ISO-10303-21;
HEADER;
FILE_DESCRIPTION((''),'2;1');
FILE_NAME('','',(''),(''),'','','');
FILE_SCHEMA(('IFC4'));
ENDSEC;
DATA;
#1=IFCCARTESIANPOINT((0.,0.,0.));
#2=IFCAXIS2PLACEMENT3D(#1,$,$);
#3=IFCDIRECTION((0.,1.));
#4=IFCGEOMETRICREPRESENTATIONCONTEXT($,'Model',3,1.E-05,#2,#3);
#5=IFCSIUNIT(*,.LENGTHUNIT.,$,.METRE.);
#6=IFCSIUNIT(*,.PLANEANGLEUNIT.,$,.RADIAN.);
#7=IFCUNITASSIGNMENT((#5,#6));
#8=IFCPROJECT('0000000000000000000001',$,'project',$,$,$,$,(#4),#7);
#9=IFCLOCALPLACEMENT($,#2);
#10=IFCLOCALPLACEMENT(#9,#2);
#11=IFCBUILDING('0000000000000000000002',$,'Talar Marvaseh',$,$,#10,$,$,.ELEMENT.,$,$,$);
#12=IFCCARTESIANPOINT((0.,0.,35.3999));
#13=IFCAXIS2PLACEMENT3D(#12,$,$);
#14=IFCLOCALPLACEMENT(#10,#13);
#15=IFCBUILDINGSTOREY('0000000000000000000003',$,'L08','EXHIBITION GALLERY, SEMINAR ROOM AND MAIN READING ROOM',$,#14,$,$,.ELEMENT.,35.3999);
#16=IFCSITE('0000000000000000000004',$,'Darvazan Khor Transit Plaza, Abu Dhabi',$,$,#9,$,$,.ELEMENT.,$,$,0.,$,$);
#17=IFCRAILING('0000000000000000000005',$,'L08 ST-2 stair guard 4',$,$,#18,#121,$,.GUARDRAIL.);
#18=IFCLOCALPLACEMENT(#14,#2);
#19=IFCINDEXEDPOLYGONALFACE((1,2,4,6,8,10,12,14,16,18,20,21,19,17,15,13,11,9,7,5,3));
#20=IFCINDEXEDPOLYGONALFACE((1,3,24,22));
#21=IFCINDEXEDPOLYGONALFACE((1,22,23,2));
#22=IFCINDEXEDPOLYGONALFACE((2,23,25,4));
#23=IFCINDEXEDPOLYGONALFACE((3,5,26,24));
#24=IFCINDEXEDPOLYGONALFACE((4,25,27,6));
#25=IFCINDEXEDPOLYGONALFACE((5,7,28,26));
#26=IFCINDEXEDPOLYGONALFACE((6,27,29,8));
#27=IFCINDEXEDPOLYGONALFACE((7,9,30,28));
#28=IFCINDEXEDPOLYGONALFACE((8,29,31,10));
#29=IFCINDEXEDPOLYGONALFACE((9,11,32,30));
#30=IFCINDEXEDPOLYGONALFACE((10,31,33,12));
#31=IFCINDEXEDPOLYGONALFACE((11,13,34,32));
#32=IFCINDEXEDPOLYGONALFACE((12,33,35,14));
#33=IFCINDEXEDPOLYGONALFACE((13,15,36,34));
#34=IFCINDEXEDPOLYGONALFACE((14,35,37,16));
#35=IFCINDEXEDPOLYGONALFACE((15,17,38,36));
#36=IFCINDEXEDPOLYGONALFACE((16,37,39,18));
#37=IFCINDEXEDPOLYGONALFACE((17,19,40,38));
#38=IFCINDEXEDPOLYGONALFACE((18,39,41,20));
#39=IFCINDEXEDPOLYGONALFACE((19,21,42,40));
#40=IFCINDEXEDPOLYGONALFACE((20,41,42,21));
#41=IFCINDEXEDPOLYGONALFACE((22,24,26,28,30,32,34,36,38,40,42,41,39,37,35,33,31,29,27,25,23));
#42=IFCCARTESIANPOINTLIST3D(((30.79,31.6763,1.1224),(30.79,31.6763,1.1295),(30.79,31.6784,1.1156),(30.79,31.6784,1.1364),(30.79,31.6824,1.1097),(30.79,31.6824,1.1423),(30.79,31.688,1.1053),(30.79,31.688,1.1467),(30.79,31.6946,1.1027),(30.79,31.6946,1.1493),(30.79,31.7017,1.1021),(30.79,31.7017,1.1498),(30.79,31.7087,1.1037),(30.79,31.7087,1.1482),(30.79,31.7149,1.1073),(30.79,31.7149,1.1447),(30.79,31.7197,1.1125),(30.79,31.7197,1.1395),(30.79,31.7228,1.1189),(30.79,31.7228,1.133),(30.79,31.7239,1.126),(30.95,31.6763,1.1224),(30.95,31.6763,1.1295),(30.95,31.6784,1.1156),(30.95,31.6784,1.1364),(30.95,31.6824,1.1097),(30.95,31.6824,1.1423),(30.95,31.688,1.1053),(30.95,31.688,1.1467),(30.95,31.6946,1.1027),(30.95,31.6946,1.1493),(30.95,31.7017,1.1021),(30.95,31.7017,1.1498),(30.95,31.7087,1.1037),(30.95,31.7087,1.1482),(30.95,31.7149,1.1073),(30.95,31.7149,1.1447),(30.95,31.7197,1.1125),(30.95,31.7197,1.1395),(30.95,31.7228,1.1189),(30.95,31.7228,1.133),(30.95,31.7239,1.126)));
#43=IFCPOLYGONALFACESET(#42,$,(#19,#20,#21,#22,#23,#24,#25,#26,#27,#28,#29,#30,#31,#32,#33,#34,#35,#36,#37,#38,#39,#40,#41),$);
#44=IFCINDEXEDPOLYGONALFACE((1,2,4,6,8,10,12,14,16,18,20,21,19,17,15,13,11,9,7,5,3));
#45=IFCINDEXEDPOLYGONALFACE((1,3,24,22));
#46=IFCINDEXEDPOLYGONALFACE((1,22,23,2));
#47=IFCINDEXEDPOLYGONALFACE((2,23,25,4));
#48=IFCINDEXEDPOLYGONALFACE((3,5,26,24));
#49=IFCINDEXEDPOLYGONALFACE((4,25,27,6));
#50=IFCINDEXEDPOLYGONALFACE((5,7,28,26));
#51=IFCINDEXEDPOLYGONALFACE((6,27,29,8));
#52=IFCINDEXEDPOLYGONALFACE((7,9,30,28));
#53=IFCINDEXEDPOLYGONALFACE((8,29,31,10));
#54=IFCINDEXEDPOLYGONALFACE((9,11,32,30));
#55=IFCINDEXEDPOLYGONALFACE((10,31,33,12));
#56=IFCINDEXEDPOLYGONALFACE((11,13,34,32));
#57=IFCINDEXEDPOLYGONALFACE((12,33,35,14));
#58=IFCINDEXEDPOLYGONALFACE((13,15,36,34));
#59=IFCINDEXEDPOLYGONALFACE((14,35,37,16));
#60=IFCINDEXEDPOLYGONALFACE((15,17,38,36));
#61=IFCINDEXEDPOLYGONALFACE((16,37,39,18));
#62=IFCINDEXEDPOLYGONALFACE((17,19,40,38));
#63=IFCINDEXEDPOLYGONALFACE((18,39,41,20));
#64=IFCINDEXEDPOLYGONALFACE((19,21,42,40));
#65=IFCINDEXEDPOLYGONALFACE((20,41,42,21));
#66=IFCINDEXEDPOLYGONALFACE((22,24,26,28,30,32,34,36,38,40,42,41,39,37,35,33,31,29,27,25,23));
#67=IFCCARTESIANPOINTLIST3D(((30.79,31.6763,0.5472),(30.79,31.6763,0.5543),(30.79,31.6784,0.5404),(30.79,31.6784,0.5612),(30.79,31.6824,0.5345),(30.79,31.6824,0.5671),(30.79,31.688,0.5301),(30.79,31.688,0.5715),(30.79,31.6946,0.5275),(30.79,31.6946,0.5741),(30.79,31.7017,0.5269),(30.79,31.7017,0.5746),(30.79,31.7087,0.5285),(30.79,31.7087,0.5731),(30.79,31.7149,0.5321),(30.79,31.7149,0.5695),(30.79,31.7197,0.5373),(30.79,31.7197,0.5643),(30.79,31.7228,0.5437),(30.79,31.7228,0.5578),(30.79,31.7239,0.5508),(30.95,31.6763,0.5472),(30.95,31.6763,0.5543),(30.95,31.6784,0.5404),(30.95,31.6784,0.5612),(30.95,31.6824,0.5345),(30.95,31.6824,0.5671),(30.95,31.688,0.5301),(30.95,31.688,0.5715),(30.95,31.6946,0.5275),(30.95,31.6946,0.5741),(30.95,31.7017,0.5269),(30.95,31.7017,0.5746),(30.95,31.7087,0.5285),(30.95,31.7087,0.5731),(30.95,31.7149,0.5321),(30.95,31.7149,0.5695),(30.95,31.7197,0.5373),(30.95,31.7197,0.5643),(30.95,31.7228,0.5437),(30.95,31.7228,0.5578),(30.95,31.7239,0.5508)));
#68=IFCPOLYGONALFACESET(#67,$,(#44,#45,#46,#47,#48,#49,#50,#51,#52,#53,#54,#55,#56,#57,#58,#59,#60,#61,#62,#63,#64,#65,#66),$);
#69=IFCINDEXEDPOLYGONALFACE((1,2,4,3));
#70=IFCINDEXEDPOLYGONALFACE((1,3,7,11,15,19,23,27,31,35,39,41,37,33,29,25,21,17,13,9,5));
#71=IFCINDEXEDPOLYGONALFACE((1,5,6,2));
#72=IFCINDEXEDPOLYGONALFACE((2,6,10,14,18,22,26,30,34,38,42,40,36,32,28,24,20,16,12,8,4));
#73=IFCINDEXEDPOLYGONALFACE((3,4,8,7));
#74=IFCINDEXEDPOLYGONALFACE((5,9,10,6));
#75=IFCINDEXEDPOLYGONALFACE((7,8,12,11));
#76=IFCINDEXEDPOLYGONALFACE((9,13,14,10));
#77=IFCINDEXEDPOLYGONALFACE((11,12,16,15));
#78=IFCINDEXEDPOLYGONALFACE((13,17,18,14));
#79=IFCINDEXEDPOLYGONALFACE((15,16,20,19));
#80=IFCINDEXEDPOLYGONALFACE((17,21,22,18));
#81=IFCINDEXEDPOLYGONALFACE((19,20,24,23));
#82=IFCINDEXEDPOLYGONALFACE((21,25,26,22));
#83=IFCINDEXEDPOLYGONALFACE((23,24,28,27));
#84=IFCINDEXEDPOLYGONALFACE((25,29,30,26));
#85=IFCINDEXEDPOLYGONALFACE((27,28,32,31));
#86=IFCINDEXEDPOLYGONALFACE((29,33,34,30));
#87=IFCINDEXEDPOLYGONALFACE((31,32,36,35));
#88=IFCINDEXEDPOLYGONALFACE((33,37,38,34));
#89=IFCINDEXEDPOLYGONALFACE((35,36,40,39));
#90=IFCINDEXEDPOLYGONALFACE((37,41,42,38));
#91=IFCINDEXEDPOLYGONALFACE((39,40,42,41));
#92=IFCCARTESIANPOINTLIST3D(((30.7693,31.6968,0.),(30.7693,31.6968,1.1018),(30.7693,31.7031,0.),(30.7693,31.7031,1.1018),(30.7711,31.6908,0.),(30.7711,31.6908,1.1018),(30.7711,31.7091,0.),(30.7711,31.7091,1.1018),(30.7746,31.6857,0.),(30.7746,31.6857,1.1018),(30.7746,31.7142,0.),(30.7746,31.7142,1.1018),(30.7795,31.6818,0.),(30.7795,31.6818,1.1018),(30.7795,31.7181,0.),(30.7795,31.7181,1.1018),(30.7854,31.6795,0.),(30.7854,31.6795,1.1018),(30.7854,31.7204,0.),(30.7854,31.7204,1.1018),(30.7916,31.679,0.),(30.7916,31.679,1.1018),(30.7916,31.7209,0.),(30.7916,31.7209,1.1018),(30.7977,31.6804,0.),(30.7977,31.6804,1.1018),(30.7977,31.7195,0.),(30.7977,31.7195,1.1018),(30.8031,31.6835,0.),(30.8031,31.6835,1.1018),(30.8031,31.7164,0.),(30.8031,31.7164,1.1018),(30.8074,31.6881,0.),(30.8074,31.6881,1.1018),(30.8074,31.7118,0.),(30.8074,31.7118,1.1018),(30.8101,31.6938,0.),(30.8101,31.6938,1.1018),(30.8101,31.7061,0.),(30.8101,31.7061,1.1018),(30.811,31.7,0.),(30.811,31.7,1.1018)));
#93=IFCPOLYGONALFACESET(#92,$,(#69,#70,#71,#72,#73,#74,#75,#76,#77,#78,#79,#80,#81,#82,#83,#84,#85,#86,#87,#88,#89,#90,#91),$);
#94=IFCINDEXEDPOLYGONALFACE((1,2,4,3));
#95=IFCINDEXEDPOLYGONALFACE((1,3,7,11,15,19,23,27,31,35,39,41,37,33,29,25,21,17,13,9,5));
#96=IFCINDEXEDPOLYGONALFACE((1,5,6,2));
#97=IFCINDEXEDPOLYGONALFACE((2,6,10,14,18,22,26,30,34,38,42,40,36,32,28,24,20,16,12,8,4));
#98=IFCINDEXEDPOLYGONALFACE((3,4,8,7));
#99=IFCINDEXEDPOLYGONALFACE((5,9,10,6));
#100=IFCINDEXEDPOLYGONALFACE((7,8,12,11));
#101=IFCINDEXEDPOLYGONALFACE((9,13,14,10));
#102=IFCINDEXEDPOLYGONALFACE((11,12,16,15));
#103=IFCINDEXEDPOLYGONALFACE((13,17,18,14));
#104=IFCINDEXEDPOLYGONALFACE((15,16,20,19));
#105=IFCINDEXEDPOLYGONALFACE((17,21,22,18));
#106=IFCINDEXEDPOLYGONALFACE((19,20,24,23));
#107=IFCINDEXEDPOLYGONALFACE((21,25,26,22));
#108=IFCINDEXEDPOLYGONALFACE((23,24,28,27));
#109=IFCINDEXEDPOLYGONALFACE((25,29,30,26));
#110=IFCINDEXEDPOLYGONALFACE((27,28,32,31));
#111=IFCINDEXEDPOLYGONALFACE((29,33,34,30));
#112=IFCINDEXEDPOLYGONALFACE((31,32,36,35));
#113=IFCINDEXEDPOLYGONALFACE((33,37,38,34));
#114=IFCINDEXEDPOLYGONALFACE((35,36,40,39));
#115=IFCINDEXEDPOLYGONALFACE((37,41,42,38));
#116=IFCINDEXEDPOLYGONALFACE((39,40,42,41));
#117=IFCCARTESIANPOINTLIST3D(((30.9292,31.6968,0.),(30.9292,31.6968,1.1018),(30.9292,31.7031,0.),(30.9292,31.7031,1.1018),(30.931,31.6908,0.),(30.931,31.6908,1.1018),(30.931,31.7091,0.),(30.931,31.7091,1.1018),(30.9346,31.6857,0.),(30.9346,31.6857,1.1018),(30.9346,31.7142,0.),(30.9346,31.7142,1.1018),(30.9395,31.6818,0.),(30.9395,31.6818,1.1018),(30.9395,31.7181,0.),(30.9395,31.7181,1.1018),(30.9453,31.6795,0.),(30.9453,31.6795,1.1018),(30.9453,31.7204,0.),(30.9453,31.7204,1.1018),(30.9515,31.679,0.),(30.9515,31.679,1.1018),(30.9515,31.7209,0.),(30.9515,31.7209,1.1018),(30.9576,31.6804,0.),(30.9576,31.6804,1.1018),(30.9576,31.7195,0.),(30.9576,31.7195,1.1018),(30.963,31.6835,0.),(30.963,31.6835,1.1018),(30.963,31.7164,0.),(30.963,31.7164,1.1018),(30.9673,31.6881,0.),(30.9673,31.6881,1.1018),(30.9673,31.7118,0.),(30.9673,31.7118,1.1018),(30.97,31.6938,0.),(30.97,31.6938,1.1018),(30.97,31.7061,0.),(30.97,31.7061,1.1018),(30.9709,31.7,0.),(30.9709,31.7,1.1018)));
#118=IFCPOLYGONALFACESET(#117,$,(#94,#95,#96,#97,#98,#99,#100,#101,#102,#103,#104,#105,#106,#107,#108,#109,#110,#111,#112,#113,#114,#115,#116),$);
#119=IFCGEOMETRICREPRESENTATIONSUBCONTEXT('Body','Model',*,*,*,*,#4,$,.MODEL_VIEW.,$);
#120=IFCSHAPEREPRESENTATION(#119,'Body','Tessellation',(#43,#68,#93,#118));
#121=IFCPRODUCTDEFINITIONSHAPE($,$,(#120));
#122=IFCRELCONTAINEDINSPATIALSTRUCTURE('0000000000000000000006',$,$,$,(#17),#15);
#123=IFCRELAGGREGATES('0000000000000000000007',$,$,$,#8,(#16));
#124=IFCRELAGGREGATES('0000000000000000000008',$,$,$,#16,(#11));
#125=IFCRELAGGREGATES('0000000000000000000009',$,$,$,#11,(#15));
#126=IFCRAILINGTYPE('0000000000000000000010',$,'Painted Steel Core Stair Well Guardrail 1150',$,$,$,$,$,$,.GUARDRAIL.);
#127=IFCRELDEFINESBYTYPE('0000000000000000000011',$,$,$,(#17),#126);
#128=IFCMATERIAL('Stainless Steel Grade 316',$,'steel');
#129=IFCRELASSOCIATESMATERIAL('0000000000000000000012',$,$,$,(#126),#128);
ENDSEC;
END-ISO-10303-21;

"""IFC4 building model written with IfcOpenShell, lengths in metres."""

from ifc_helpers import new_model, si_unit, direction, frame, origin, origin_2d, place, context, subcontext, project, spatial, circle, extrude, material, type_object, element, save


model = new_model("IFC4")

# Units and contexts
model_context = context("Model", 3, precision=1e-05, world=origin(), true_north=direction((0.0, 1.0)))
body_context = subcontext(model_context, "Body", "Model", "MODEL_VIEW")
ifc_project = project(units=[si_unit("LENGTHUNIT", "METRE"), si_unit("PLANEANGLEUNIT", "RADIAN")], contexts=[model_context])

# Site, building, storey
site_placement = place(None, origin())
site = spatial("IfcSite", under=ifc_project, at=site_placement, Name="Darvazan Khor Transit Plaza, Abu Dhabi", CompositionType="ELEMENT", RefElevation=0.0)
building_placement = place(site_placement, origin())
building = spatial("IfcBuilding", under=site, at=building_placement, Name="Talar Marvaseh", CompositionType="ELEMENT")
storey_placement = place(building_placement, frame((0.0, 0.0, 35.3999)))
storey = spatial("IfcBuildingStorey", under=building, at=storey_placement, Name="L08", Description="EXHIBITION GALLERY, SEMINAR ROOM AND MAIN READING ROOM", CompositionType="ELEMENT", Elevation=35.3999)

# Shared definitions
ifc_material_1 = material(Name="Stainless Steel Grade 316", Category="steel")

# Railing
railing_type = type_object("IfcRailingType", Name="Painted Steel Core Stair Well Guardrail 1150", PredefinedType="GUARDRAIL", material=ifc_material_1)
railing_placement = place(storey_placement, frame((30.79, 31.7, 0.0)))
element("IfcRailing", 1, at=railing_placement, inside=storey, type_object=railing_type, Name="L08 ST-2 stair guard 4", PredefinedType="GUARDRAIL", context=body_context, shape_type="SweptSolid", body=[
    extrude(circle(Radius=0.0239, at=origin_2d()), frame((0.0, 0.0, 1.126), z_axis=(1.0, 0.0, 0.0), x_axis=(0.0, 1.0, 0.0)), (0.0, 0.0, 1.0), 0.1599),
    extrude(circle(Radius=0.0239, at=origin_2d()), frame((0.0, 0.0, 0.5508), z_axis=(1.0, 0.0, 0.0), x_axis=(0.0, 1.0, 0.0)), (0.0, 0.0, 1.0), 0.1599),
    extrude(circle(Radius=0.021, at=origin_2d()), origin(), (0.0, 0.0, 1.0), 1.1018),
    extrude(circle(Radius=0.021, at=origin_2d()), frame((0.1599, 0.0, 0.0)), (0.0, 0.0, 1.0), 1.1018),
])

save(model, "model.ifc")
